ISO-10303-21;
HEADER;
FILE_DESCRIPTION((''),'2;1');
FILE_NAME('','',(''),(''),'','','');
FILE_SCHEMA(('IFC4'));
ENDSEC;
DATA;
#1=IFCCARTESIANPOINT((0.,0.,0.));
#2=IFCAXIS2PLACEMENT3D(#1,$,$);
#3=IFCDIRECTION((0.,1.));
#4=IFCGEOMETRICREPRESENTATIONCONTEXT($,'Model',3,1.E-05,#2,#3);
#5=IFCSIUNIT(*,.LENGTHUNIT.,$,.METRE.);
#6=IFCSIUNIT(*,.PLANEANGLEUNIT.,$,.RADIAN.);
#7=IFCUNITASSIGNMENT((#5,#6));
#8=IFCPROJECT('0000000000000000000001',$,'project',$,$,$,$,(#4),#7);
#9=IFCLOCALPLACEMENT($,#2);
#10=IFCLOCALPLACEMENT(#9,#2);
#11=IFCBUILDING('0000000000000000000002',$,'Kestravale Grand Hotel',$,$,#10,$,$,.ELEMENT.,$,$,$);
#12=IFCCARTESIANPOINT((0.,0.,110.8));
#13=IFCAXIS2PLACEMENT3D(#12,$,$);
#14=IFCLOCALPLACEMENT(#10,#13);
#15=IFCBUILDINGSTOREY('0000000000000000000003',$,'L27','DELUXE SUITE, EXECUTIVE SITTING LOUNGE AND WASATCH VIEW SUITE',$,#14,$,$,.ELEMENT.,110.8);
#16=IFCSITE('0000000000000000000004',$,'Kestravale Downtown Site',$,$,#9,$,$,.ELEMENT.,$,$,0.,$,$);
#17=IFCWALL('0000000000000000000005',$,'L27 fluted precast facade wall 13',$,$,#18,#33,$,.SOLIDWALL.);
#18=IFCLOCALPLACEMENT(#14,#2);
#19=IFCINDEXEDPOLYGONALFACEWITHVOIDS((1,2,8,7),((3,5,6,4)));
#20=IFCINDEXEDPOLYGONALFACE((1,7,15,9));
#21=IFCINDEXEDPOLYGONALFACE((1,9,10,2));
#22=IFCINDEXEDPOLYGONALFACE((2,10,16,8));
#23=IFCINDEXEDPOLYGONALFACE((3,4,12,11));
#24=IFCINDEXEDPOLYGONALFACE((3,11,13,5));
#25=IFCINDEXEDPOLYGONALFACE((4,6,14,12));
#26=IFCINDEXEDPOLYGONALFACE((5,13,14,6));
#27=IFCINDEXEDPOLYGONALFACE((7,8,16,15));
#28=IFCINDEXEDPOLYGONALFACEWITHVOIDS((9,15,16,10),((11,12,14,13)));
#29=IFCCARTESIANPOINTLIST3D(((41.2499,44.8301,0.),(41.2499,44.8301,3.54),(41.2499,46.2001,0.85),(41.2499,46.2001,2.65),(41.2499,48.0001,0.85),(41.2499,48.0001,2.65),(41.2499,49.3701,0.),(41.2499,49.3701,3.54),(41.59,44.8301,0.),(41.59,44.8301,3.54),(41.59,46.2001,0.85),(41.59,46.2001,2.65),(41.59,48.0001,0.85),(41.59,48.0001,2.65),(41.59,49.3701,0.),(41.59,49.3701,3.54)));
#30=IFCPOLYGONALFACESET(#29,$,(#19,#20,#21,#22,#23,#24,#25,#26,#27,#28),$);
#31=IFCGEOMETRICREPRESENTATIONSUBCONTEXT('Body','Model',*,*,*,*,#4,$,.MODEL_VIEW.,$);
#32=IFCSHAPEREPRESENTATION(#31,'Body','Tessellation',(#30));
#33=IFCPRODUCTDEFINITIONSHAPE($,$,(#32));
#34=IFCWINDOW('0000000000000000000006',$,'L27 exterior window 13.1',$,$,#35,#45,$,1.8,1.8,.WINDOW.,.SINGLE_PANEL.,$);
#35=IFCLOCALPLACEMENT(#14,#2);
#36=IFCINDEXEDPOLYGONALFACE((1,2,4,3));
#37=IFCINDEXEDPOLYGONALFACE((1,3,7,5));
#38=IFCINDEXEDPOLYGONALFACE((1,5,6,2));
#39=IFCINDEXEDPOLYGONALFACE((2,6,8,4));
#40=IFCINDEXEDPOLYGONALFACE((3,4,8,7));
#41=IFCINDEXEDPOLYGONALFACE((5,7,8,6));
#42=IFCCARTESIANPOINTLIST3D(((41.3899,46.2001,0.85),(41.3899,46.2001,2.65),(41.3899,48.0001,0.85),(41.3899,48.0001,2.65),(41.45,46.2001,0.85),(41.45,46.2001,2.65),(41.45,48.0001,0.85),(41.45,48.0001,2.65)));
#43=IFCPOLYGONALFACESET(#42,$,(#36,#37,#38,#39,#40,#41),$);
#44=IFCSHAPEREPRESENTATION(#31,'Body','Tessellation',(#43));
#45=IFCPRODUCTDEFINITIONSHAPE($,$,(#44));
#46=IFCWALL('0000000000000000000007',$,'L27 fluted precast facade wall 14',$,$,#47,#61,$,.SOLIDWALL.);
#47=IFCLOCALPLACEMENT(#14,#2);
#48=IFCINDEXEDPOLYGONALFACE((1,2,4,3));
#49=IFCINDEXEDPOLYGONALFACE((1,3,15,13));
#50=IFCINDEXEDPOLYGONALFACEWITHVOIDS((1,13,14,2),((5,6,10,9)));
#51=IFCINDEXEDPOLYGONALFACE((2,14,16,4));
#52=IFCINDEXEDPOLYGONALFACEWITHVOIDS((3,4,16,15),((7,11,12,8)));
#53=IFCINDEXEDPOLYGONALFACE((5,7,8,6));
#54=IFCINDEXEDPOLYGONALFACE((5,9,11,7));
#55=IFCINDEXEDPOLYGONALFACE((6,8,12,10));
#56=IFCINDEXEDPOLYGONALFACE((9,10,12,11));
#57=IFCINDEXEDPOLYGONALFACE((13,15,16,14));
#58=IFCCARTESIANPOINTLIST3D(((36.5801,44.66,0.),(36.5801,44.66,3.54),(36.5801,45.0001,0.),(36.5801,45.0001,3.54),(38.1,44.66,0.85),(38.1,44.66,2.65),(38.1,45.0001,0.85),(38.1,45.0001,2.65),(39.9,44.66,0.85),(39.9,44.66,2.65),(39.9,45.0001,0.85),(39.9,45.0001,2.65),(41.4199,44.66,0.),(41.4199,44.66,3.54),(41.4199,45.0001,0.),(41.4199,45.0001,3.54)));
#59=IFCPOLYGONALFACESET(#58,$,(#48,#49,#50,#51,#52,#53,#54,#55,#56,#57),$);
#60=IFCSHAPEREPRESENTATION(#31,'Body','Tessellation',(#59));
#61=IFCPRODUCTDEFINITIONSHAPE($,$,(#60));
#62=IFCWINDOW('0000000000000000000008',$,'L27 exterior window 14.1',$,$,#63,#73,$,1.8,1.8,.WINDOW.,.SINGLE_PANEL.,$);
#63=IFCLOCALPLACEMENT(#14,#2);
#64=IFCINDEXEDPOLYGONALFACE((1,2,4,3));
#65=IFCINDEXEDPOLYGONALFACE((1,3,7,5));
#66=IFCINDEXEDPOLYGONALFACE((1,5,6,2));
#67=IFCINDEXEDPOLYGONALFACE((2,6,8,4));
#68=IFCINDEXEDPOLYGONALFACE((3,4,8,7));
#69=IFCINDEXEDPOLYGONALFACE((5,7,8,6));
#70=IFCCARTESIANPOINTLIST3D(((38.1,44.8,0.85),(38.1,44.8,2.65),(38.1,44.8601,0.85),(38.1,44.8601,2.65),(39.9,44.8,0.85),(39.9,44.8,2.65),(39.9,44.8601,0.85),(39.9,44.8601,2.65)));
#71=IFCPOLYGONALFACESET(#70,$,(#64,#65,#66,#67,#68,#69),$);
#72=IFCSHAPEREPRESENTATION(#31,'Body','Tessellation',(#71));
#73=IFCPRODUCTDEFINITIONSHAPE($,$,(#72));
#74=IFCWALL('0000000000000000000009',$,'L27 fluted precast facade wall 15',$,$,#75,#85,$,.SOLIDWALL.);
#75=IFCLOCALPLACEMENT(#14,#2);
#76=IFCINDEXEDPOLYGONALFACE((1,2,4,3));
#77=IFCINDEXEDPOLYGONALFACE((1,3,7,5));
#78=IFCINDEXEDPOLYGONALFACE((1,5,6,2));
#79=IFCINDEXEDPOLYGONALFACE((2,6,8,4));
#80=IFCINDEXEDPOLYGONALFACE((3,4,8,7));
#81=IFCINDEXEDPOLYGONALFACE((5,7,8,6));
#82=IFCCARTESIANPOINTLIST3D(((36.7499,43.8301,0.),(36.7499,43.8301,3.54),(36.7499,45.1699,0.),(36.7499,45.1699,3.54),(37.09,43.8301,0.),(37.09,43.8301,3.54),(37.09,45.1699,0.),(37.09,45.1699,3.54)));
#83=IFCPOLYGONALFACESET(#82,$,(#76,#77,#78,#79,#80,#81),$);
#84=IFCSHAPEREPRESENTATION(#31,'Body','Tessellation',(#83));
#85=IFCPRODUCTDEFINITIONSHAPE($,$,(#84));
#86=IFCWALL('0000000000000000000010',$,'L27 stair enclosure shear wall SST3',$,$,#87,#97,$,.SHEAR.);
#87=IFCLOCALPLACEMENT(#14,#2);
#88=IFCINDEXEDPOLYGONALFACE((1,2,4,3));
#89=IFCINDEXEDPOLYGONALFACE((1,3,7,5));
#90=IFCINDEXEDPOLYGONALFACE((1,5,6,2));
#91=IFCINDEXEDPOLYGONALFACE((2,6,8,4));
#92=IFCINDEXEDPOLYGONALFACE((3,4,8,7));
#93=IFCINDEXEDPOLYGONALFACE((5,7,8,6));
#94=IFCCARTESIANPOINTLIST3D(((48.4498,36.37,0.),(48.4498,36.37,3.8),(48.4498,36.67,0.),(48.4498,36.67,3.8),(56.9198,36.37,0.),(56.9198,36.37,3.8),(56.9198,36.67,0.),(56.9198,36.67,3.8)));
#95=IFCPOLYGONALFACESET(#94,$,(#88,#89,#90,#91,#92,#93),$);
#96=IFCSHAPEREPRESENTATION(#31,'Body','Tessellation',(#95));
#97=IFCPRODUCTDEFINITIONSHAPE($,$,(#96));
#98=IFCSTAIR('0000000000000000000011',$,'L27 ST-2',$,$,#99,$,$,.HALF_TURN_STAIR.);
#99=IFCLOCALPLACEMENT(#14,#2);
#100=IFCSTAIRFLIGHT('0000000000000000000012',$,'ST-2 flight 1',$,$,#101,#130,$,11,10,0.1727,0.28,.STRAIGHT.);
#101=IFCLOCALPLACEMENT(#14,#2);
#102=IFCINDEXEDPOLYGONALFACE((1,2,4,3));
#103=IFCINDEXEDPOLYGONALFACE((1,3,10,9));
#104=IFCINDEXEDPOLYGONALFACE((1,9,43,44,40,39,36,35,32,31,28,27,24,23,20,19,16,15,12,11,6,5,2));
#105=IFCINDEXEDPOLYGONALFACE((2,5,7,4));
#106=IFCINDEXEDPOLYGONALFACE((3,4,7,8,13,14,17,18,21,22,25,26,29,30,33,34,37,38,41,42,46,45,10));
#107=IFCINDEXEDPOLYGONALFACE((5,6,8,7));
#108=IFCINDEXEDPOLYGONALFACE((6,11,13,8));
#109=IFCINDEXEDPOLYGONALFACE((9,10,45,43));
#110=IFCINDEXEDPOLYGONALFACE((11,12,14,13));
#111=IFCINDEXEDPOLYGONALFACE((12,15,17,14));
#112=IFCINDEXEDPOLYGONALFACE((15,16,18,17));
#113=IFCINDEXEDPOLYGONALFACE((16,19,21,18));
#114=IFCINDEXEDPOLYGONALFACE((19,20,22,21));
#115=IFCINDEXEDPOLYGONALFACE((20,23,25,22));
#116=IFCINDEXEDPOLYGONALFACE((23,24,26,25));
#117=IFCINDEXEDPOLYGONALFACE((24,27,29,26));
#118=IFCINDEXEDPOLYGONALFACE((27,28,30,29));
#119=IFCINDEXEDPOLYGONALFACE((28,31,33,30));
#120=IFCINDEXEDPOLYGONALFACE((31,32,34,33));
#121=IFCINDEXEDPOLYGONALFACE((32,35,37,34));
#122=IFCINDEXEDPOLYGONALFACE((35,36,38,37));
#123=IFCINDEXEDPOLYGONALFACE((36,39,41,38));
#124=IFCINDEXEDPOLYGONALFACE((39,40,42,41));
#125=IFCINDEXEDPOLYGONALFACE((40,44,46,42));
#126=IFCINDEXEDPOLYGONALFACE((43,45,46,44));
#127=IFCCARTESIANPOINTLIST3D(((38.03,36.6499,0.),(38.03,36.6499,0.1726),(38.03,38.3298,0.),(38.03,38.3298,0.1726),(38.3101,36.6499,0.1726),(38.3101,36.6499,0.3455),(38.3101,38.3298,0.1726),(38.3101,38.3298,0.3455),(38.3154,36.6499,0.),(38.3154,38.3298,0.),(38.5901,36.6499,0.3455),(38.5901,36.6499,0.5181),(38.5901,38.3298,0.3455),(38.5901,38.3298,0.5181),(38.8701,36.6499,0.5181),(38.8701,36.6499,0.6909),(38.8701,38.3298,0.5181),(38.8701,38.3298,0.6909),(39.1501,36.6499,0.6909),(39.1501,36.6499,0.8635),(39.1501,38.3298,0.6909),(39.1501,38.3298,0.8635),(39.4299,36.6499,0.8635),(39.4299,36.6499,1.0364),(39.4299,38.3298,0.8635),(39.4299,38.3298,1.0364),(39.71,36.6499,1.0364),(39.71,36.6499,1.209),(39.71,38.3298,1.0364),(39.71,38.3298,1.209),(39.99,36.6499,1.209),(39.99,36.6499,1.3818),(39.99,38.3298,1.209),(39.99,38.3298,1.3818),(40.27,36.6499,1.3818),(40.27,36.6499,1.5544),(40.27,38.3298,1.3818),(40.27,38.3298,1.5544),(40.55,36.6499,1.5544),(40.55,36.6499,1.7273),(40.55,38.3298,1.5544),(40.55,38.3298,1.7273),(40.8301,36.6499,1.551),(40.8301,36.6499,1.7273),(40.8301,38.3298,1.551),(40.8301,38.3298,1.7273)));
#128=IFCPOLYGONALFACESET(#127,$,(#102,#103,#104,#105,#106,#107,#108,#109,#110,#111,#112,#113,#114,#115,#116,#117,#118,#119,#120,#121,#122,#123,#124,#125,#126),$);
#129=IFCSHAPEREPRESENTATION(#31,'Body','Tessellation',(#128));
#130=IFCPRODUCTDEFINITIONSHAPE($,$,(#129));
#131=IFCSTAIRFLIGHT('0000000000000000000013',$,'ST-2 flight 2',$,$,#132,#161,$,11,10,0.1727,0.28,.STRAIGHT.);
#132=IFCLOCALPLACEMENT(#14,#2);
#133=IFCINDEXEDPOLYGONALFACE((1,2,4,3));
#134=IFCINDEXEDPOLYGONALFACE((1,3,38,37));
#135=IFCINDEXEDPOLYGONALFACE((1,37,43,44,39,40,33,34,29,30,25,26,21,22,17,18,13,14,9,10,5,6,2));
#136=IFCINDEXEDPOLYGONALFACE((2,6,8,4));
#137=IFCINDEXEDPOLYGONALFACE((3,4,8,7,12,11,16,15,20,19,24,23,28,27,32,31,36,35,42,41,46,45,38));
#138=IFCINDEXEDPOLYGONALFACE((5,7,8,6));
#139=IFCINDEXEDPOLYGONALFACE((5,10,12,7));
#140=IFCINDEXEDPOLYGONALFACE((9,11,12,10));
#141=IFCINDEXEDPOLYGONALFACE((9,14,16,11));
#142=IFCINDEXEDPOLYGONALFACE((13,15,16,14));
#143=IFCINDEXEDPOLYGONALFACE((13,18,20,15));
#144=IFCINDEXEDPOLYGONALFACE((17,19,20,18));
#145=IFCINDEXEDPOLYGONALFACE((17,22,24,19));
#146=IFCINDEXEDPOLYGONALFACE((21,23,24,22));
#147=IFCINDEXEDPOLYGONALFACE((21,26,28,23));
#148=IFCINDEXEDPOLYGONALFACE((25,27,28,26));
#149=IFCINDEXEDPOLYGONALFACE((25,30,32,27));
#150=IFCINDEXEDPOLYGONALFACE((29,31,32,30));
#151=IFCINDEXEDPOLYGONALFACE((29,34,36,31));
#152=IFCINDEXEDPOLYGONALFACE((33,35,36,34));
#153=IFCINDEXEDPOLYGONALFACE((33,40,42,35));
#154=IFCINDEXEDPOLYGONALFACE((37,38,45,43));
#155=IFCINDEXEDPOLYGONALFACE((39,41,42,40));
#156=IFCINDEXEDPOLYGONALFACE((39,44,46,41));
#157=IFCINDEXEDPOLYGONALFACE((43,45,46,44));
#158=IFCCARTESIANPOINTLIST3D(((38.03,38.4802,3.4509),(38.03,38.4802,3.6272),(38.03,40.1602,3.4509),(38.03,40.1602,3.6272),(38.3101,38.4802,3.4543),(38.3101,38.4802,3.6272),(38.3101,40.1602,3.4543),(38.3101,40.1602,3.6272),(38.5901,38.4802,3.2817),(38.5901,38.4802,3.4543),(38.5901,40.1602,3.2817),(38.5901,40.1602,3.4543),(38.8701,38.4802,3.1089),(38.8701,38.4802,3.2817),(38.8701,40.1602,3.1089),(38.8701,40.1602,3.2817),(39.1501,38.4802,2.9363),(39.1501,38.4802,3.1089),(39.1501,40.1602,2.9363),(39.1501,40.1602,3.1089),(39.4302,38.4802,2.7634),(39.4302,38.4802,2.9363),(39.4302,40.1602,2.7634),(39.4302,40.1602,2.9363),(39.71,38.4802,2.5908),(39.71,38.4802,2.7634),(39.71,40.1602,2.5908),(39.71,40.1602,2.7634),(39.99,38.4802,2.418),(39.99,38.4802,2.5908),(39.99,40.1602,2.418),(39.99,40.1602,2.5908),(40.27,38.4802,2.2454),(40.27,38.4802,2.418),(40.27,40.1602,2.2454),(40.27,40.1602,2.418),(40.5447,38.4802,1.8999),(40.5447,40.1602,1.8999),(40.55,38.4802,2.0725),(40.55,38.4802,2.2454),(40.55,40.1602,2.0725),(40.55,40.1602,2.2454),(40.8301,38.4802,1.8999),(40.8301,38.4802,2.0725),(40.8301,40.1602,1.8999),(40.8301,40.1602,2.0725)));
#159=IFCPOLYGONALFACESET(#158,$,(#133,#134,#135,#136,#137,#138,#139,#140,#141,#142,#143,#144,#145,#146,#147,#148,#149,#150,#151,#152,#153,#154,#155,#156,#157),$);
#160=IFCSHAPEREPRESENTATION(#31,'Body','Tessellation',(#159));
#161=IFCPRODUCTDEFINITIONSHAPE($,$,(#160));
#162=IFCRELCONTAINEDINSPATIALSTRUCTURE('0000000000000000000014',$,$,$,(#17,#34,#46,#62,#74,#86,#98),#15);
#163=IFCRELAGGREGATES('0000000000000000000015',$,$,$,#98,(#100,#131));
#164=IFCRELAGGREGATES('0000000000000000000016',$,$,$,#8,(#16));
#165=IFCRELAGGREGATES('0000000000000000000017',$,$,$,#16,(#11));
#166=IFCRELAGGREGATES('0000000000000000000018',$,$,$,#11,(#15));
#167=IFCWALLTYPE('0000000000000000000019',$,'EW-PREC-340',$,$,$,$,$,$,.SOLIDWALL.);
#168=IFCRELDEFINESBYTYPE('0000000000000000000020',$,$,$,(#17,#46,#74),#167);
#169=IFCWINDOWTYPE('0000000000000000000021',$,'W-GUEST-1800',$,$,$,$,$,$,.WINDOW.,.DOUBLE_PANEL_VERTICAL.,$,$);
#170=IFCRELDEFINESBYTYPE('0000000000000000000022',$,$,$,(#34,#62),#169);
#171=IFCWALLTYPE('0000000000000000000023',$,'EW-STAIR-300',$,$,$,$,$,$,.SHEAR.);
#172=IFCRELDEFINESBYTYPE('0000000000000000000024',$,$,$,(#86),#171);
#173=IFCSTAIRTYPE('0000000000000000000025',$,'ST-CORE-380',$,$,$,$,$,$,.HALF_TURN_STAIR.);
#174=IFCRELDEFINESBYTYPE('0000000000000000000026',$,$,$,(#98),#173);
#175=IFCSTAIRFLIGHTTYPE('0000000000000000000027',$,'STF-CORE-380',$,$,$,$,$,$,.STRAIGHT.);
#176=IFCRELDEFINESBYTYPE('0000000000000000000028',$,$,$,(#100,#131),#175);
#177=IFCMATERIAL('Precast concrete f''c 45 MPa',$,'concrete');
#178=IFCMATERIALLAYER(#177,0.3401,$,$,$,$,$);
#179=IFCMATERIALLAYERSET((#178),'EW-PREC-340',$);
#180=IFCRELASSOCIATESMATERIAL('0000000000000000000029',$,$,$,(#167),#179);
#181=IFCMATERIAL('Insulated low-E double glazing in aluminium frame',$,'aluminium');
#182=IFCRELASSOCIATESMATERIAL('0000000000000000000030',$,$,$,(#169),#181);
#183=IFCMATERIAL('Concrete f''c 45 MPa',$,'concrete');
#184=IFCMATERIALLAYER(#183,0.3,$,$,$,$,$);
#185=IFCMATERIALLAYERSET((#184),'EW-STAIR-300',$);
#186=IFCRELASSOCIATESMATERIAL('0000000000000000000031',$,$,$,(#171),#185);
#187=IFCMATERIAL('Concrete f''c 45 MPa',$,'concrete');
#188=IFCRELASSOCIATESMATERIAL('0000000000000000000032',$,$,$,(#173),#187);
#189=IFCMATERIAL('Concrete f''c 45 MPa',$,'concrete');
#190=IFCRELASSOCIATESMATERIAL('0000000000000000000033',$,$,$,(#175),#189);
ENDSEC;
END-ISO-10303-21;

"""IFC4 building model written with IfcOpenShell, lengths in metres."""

from ifc_helpers import new_model, si_unit, direction, frame, frame_2d, origin, place, context, subcontext, project, spatial, polyline, rectangle, outline, extrude, material, layer, layer_set, type_object, element, fill, aggregate, save


model = new_model("IFC4")

# Units and contexts
model_context = context("Model", 3, precision=1e-05, world=origin(), true_north=direction((0.0, 1.0)))
body_context = subcontext(model_context, "Body", "Model", "MODEL_VIEW")
ifc_project = project(units=[si_unit("LENGTHUNIT", "METRE"), si_unit("PLANEANGLEUNIT", "RADIAN")], contexts=[model_context])

# Site, building, storey
site_placement = place(None, origin())
site = spatial("IfcSite", under=ifc_project, at=site_placement, Name="Kestravale Downtown Site", CompositionType="ELEMENT", RefElevation=0.0)
building_placement = place(site_placement, origin())
building = spatial("IfcBuilding", under=site, at=building_placement, Name="Kestravale Grand Hotel", CompositionType="ELEMENT")
storey_placement = place(building_placement, frame((0.0, 0.0, 110.8)))
storey = spatial("IfcBuildingStorey", under=building, at=storey_placement, Name="L27", Description="DELUXE SUITE, EXECUTIVE SITTING LOUNGE AND WASATCH VIEW SUITE", CompositionType="ELEMENT", Elevation=110.8)

# Shared definitions
ifc_material_1 = material(Name="Precast concrete f'c 45 MPa", Category="concrete")
ifc_layer_1 = layer(ifc_material_1, 0.3401)
ifc_layer_set_1 = layer_set([ifc_layer_1], Name="EW-PREC-340")
wall_type_1 = type_object("IfcWallType", Name="EW-PREC-340", PredefinedType="SOLIDWALL", material=ifc_layer_set_1)

# Walls, openings, windows
wall_1_placement = place(storey_placement, frame((41.4199, 49.3701, 0.0), z_axis=(0.0, 0.0, 1.0), x_axis=(0.0, -1.0, 0.0)))
wall_1 = element("IfcWall", 1, at=wall_1_placement, inside=storey, type_object=wall_type_1, Name="L27 fluted precast facade wall 13", PredefinedType="SOLIDWALL", context=body_context, shape_type="SweptSolid", body=[
    extrude(rectangle(XDim=4.54, YDim=0.3401, at=frame_2d((2.27, 0.0))), origin(), (0.0, 0.0, 1.0), 3.54),
])
opening_1_placement = place(wall_1_placement, frame((1.3701, 0.0, 0.8501)))
opening_1 = element("IfcOpeningElement", 2, at=opening_1_placement, cuts=wall_1, PredefinedType="OPENING", context=body_context, shape_type="SweptSolid", body=[
    extrude(rectangle(XDim=1.8, YDim=1.8, at=frame_2d((0.8999, 0.8999))), frame((0.0, 0.1799, 0.0), z_axis=(0.0, -1.0, 0.0), x_axis=(1.0, 0.0, 0.0)), (0.0, 0.0, 1.0), 0.3601),
])
ifc_material_2 = material(Name="Insulated low-E double glazing in aluminium frame", Category="aluminium")
window_type = type_object("IfcWindowType", Name="W-GUEST-1800", PartitioningType="DOUBLE_PANEL_VERTICAL", PredefinedType="WINDOW", material=ifc_material_2)
window_1_placement = place(opening_1_placement, origin())
window_1 = element("IfcWindow", 3, at=window_1_placement, inside=storey, type_object=window_type, Name="L27 exterior window 13.1", OverallHeight=1.8, OverallWidth=1.8, PartitioningType="SINGLE_PANEL", PredefinedType="WINDOW", context=body_context, shape_type="SweptSolid", body=[
    extrude(rectangle(XDim=1.8, YDim=1.8, at=frame_2d((0.8999, 0.8999))), frame((0.0, 0.03, 0.0), z_axis=(0.0, -1.0, 0.0), x_axis=(1.0, 0.0, 0.0)), (0.0, 0.0, 1.0), 0.0601),
])
fill(opening_1, window_1)
wall_2_placement = place(storey_placement, frame((41.4199, 44.8301, 0.0), z_axis=(0.0, 0.0, 1.0), x_axis=(-1.0, 0.0, 0.0)))
wall_2 = element("IfcWall", 4, at=wall_2_placement, inside=storey, type_object=wall_type_1, Name="L27 fluted precast facade wall 14", PredefinedType="SOLIDWALL", context=body_context, shape_type="SweptSolid", body=[
    extrude(rectangle(XDim=4.8398, YDim=0.3401, at=frame_2d((2.4199, 0.0))), origin(), (0.0, 0.0, 1.0), 3.54),
])
opening_2_placement = place(wall_2_placement, frame((1.52, 0.0, 0.8501)))
opening_2 = element("IfcOpeningElement", 5, at=opening_2_placement, cuts=wall_2, PredefinedType="OPENING", context=body_context, shape_type="SweptSolid", body=[
    extrude(rectangle(XDim=1.8, YDim=1.8, at=frame_2d((0.8999, 0.8999))), frame((0.0, 0.1799, 0.0), z_axis=(0.0, -1.0, 0.0), x_axis=(1.0, 0.0, 0.0)), (0.0, 0.0, 1.0), 0.3601),
])
window_2_placement = place(opening_2_placement, origin())
window_2 = element("IfcWindow", 6, at=window_2_placement, inside=storey, type_object=window_type, Name="L27 exterior window 14.1", OverallHeight=1.8, OverallWidth=1.8, PartitioningType="SINGLE_PANEL", PredefinedType="WINDOW", context=body_context, shape_type="SweptSolid", body=[
    extrude(rectangle(XDim=1.8, YDim=1.8, at=frame_2d((0.8999, 0.8999))), frame((0.0, 0.03, 0.0), z_axis=(0.0, -1.0, 0.0), x_axis=(1.0, 0.0, 0.0)), (0.0, 0.0, 1.0), 0.0601),
])
fill(opening_2, window_2)

# Walls
wall_3_placement = place(storey_placement, frame((36.9199, 45.1699, 0.0), z_axis=(0.0, 0.0, 1.0), x_axis=(0.0, -1.0, 0.0)))
element("IfcWall", 7, at=wall_3_placement, inside=storey, type_object=wall_type_1, Name="L27 fluted precast facade wall 15", PredefinedType="SOLIDWALL", context=body_context, shape_type="SweptSolid", body=[
    extrude(rectangle(XDim=1.3398, YDim=0.3401, at=frame_2d((0.6699, 0.0))), origin(), (0.0, 0.0, 1.0), 3.54),
])
ifc_material_3 = material(Name="Concrete f'c 45 MPa", Category="concrete")
ifc_layer_2 = layer(ifc_material_3, 0.3)
ifc_layer_set_2 = layer_set([ifc_layer_2], Name="EW-STAIR-300")
wall_type_2 = type_object("IfcWallType", Name="EW-STAIR-300", PredefinedType="SHEAR", material=ifc_layer_set_2)
wall_4_placement = place(storey_placement, frame((48.45, 36.52, 0.0), z_axis=(0.0, 0.0, 1.0), x_axis=(1.0, 0.0, 0.0)))
element("IfcWall", 8, at=wall_4_placement, inside=storey, type_object=wall_type_2, Name="L27 stair enclosure shear wall SST3", PredefinedType="SHEAR", context=body_context, shape_type="SweptSolid", body=[
    extrude(rectangle(XDim=8.47, YDim=0.3, at=frame_2d((4.2349, 0.0))), origin(), (0.0, 0.0, 1.0), 3.8),
])

# Stair, stair flights
ifc_material_4 = material(Name="Concrete f'c 45 MPa", Category="concrete")
stair_type = type_object("IfcStairType", Name="ST-CORE-380", PredefinedType="HALF_TURN_STAIR", material=ifc_material_4)
stair_placement = place(storey_placement, origin())
stair = element("IfcStair", 9, at=stair_placement, inside=storey, type_object=stair_type, Name="L27 ST-2", PredefinedType="HALF_TURN_STAIR")
ifc_material_5 = material(Name="Concrete f'c 45 MPa", Category="concrete")
stair_flight_type = type_object("IfcStairFlightType", Name="STF-CORE-380", PredefinedType="STRAIGHT", material=ifc_material_5)
stair_flight_1_placement = place(storey_placement, frame((38.03, 37.49, 0.0), z_axis=(0.0, 0.0, 1.0), x_axis=(1.0, 0.0, 0.0)))
stair_flight_1 = element("IfcStairFlight", 10, at=stair_flight_1_placement, type_object=stair_flight_type, Name="ST-2 flight 1", NumberOfRisers=11, NumberOfTreads=10, PredefinedType="STRAIGHT", RiserHeight=0.1727, TreadLength=0.28, context=body_context, shape_type="SweptSolid", body=[
    extrude(outline(polyline([(0.0, 0.0), (0.0, 0.1726), (0.28, 0.1726), (0.28, 0.3455), (0.5601, 0.3455), (0.5601, 0.5181), (0.8401, 0.5181), (0.8401, 0.6909), (1.1201, 0.6909), (1.1201, 0.8635), (1.3999, 0.8635), (1.3999, 1.0364), (1.6799, 1.0364), (1.6799, 1.209), (1.96, 1.209), (1.96, 1.3818), (2.24, 1.3818), (2.24, 1.5544), (2.52, 1.5544), (2.52, 1.7273), (2.8, 1.7273), (2.8, 1.8999), (2.8, 1.551), (0.2854, 0.0), (0.0, 0.0)])), frame((0.0, 0.8398, 0.0), z_axis=(0.0, -1.0, 0.0), x_axis=(1.0, 0.0, 0.0)), (0.0, 0.0, 1.0), 1.6799),
])
stair_flight_2_placement = place(storey_placement, frame((40.8301, 39.3201, 1.8999), z_axis=(0.0, 0.0, 1.0), x_axis=(-1.0, 0.0, 0.0)))
stair_flight_2 = element("IfcStairFlight", 11, at=stair_flight_2_placement, type_object=stair_flight_type, Name="ST-2 flight 2", NumberOfRisers=11, NumberOfTreads=10, PredefinedType="STRAIGHT", RiserHeight=0.1727, TreadLength=0.28, context=body_context, shape_type="SweptSolid", body=[
    extrude(outline(polyline([(0.0, 0.0), (0.0, 0.1726), (0.28, 0.1726), (0.28, 0.3455), (0.5601, 0.3455), (0.5601, 0.5181), (0.8401, 0.5181), (0.8401, 0.6909), (1.1201, 0.6909), (1.1201, 0.8635), (1.3999, 0.8635), (1.3999, 1.0364), (1.6799, 1.0364), (1.6799, 1.209), (1.96, 1.209), (1.96, 1.3818), (2.24, 1.3818), (2.24, 1.5544), (2.52, 1.5544), (2.52, 1.7273), (2.8, 1.7273), (2.8, 1.8999), (2.8, 1.551), (0.2854, 0.0), (0.0, 0.0)])), frame((0.0, 0.8398, 0.0), z_axis=(0.0, -1.0, 0.0), x_axis=(1.0, 0.0, 0.0)), (0.0, 0.0, 1.0), 1.6799),
])
aggregate(stair, [stair_flight_1, stair_flight_2])

save(model, "model.ifc")
